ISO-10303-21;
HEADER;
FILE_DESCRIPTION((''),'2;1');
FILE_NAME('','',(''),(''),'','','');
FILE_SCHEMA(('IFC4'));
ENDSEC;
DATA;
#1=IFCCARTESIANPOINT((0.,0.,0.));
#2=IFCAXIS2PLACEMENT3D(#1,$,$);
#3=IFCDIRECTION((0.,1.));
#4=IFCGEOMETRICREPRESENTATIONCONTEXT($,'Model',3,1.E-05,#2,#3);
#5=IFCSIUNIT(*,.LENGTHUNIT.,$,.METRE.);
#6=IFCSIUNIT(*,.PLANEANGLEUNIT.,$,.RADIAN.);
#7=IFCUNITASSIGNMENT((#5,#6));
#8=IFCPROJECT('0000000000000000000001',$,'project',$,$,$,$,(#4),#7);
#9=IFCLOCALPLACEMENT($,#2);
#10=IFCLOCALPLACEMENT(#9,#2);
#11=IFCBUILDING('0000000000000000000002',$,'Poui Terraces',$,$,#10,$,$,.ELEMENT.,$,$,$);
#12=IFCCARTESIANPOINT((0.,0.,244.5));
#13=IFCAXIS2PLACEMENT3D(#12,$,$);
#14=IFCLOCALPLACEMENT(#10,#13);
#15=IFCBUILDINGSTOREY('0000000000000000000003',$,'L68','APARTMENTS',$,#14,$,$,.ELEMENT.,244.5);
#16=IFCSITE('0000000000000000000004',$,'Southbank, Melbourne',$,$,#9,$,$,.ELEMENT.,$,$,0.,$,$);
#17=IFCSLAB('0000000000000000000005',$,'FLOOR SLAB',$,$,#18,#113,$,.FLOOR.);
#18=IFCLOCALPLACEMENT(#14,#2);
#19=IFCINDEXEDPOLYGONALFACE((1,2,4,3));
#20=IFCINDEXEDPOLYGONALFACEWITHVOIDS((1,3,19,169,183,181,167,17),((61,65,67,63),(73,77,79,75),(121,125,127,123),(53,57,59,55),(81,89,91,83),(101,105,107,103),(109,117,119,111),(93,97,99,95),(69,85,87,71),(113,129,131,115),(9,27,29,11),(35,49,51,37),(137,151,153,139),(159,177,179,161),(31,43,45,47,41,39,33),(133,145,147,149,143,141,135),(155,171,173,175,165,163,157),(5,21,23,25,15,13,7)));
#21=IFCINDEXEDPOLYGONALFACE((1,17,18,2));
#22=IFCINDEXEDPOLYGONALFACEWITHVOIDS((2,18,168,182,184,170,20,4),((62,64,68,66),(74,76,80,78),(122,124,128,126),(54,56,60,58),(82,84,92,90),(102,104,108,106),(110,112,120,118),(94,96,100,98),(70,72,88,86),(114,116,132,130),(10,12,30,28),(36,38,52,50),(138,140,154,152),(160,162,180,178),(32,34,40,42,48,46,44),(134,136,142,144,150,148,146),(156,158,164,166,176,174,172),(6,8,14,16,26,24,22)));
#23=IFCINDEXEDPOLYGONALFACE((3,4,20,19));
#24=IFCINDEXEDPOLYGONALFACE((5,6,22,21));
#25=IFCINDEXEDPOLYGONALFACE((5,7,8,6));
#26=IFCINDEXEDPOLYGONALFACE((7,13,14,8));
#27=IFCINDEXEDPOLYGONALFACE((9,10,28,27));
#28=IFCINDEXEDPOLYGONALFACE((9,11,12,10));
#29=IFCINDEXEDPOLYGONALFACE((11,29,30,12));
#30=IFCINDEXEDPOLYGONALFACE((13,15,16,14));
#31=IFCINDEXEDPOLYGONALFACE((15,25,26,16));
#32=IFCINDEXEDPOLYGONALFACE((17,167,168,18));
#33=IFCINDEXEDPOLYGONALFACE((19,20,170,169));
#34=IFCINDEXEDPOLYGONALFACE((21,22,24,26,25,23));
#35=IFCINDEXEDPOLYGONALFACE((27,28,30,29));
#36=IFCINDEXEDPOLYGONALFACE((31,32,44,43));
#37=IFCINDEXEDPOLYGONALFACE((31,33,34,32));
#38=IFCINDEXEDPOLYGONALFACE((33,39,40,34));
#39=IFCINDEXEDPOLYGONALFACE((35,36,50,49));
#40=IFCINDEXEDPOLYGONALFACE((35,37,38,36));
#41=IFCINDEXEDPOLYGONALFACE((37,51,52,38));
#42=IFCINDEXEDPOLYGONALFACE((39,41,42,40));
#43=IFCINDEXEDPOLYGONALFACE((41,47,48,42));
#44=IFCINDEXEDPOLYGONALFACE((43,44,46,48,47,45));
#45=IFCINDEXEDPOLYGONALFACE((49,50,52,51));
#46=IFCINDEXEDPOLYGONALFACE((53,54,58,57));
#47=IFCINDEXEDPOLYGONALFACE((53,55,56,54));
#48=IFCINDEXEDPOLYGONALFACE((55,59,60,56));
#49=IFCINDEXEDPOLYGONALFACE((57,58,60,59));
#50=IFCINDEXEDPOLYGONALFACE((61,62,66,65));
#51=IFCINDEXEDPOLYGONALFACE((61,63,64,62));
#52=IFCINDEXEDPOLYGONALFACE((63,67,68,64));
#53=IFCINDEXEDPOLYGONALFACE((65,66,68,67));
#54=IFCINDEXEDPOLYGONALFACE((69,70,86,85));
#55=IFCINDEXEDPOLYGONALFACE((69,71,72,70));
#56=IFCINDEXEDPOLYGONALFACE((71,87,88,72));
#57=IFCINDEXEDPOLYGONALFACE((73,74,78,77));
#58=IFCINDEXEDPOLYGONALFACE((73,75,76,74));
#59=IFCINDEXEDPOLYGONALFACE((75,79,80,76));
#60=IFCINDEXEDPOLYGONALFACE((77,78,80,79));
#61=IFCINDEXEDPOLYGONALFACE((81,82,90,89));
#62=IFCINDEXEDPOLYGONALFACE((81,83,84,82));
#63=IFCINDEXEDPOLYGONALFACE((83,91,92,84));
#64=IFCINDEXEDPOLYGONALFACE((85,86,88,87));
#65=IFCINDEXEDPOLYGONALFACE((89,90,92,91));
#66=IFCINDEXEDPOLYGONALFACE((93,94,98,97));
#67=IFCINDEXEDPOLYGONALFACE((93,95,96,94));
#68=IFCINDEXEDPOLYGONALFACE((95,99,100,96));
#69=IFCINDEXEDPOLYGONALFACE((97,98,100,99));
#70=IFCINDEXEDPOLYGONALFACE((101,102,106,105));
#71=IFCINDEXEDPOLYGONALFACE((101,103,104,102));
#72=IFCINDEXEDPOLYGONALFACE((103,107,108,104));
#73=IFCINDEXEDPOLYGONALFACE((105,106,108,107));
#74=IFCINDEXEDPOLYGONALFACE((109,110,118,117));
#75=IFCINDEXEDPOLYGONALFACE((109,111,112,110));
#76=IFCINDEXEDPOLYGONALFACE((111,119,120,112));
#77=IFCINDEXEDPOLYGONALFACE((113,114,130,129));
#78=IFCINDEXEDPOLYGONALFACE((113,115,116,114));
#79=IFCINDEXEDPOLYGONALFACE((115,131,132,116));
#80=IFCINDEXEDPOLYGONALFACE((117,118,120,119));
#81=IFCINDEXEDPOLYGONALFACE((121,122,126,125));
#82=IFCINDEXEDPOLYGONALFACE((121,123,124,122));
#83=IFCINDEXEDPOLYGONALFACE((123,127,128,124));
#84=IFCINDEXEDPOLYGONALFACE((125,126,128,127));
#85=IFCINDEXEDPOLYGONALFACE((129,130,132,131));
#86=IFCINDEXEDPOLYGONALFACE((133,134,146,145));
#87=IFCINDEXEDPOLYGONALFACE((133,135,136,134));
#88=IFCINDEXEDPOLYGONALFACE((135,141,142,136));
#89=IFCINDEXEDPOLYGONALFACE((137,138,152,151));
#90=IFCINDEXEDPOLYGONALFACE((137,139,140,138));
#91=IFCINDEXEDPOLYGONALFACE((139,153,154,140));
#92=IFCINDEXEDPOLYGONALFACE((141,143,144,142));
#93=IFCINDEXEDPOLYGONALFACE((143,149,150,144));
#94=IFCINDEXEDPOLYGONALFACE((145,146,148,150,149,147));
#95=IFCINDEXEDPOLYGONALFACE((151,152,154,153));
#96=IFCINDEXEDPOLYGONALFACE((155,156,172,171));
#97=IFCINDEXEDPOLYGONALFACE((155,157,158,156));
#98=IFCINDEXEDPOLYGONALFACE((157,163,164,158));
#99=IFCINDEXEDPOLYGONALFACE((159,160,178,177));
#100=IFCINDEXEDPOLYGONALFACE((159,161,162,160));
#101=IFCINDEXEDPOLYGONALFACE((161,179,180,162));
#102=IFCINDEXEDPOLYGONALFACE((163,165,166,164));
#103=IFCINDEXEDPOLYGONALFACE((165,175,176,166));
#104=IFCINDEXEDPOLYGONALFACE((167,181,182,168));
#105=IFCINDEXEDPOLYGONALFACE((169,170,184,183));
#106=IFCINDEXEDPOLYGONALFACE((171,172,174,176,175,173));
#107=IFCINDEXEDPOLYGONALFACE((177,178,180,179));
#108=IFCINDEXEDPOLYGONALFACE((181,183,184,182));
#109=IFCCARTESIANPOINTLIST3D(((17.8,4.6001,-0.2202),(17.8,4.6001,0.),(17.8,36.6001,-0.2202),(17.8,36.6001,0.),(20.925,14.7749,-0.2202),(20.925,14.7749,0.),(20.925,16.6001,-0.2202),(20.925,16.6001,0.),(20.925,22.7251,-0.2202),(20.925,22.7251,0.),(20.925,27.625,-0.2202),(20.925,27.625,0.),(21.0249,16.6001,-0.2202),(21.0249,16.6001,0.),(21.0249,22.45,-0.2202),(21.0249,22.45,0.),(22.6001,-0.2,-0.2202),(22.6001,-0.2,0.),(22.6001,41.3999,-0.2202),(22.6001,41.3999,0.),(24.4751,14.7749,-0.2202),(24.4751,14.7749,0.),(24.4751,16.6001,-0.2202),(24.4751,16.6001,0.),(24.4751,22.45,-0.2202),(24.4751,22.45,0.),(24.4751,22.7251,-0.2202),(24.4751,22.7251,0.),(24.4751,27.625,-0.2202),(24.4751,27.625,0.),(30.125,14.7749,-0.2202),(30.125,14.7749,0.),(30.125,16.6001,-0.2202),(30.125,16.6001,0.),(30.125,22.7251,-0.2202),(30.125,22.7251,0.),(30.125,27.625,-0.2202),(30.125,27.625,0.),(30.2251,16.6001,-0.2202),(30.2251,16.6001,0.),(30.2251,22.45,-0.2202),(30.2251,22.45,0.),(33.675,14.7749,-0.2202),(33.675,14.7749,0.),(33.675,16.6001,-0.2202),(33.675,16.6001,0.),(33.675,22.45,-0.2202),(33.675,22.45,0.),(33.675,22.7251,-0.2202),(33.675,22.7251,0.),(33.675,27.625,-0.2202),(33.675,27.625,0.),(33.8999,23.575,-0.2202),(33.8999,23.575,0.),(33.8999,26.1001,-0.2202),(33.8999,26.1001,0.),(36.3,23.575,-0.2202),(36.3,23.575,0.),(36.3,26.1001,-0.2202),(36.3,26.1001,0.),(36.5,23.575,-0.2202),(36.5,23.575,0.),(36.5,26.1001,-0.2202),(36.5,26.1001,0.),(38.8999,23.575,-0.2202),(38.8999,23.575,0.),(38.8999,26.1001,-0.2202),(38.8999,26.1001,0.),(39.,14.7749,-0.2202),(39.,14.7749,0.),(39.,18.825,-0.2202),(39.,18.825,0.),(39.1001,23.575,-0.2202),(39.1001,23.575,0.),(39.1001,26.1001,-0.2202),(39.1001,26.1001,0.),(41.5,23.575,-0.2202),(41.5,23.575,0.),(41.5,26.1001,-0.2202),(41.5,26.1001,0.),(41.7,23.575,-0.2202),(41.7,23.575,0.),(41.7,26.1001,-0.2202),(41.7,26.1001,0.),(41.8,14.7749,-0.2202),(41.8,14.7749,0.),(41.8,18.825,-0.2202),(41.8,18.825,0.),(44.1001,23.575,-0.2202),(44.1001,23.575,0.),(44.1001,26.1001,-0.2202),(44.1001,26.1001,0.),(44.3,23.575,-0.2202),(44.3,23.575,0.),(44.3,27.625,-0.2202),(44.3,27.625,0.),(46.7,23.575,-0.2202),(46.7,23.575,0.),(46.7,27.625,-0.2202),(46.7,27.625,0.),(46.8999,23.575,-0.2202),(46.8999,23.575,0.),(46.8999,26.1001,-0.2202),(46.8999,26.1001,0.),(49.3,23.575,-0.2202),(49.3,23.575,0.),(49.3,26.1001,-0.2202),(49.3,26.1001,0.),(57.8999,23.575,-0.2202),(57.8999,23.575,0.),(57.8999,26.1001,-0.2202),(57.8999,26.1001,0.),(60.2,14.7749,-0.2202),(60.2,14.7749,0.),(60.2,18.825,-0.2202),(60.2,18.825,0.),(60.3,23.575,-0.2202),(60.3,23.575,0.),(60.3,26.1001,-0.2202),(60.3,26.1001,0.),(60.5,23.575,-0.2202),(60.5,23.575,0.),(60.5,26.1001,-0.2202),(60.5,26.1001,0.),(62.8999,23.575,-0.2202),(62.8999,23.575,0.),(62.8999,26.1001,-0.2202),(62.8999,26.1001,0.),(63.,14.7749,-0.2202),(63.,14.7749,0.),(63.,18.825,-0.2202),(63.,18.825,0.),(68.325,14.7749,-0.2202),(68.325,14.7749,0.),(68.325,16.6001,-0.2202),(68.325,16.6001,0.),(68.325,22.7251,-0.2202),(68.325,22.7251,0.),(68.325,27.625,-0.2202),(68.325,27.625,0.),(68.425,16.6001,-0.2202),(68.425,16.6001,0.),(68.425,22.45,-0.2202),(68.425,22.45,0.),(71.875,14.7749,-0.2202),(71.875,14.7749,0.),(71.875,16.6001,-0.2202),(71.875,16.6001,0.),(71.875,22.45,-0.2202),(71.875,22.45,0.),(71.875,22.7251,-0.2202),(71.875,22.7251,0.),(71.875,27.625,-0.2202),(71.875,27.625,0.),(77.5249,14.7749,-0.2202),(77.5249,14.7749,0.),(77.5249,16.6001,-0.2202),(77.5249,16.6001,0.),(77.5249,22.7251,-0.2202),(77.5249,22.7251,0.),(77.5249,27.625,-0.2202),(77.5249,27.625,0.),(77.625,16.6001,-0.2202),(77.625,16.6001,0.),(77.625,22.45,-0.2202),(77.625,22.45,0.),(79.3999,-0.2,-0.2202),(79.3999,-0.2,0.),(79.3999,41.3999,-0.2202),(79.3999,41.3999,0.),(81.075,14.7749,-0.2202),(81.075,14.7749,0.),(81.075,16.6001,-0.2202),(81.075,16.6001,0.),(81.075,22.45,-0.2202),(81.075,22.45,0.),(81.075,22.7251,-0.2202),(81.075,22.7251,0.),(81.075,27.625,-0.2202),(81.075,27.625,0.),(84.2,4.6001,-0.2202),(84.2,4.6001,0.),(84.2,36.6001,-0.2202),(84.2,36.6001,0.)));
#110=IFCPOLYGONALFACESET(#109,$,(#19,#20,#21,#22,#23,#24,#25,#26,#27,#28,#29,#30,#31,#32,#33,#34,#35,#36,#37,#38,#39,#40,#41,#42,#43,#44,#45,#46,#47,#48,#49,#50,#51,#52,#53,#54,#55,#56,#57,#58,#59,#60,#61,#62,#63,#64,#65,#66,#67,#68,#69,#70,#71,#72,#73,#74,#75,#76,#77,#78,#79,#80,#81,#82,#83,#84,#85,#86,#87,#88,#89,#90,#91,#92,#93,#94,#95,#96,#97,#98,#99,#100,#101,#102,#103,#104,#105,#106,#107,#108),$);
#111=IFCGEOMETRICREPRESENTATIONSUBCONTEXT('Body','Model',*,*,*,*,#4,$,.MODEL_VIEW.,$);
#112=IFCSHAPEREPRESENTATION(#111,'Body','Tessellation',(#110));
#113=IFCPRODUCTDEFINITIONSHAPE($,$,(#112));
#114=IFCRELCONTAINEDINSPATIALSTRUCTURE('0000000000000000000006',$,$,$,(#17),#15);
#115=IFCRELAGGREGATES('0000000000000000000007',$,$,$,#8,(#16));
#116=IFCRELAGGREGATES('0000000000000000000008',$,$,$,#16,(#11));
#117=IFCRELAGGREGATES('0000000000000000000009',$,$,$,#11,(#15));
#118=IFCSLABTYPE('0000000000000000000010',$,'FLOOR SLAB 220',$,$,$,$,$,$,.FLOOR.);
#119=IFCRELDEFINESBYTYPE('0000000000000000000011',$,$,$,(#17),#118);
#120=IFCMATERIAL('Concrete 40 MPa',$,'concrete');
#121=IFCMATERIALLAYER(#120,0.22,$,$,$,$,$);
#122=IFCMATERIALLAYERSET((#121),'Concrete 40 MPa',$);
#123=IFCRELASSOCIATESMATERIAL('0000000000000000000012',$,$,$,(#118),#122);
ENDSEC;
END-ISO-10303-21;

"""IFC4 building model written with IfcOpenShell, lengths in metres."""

from ifc_helpers import new_model, si_unit, direction, frame, origin, place, context, subcontext, project, spatial, polyline, outline, extrude, source, transform, mapped, material, layer, layer_set, type_object, element, save


model = new_model("IFC4")

# Units and contexts
model_context = context("Model", 3, precision=1e-05, world=origin(), true_north=direction((0.0, 1.0)))
body_context = subcontext(model_context, "Body", "Model", "MODEL_VIEW")
ifc_project = project(units=[si_unit("LENGTHUNIT", "METRE"), si_unit("PLANEANGLEUNIT", "RADIAN")], contexts=[model_context])

# Site, building, storey
site_placement = place(None, origin())
site = spatial("IfcSite", under=ifc_project, at=site_placement, Name="Southbank, Melbourne", CompositionType="ELEMENT", RefElevation=0.0)
building_placement = place(site_placement, origin())
building = spatial("IfcBuilding", under=site, at=building_placement, Name="Poui Terraces", CompositionType="ELEMENT")
storey_placement = place(building_placement, frame((0.0, 0.0, 244.5)))
storey = spatial("IfcBuildingStorey", under=building, at=storey_placement, Name="L68", Description="APARTMENTS", CompositionType="ELEMENT", Elevation=244.5)

# Slab
ifc_material = material(Name="Concrete 40 MPa", Category="concrete")
ifc_layer = layer(ifc_material, 0.22)
ifc_layer_set = layer_set([ifc_layer], Name="Concrete 40 MPa")
slab_type = type_object("IfcSlabType", Name="FLOOR SLAB 220", PredefinedType="FLOOR", material=ifc_layer_set)
shared_shape = source(origin(), body_context, "Body", "SweptSolid", [
    extrude(outline(polyline([(0.0, 0.0), (4.8, -4.8), (61.5999, -4.8), (66.3999, 0.0), (66.3999, 32.0), (61.5999, 36.7998), (4.8, 36.7998), (0.0, 32.0), (0.0, 0.0)]), holes=[polyline([(21.2, 10.1748), (21.2, 14.2249), (24.0, 14.2249), (24.0, 10.1748), (21.2, 10.1748)]), polyline([(3.2249, 17.8499), (6.675, 17.8499), (6.675, 12.0), (6.675, 10.1748), (3.125, 10.1748), (3.125, 12.0), (3.2249, 12.0), (3.2249, 17.8499)]), polyline([(12.425, 17.8499), (15.875, 17.8499), (15.875, 12.0), (15.875, 10.1748), (12.325, 10.1748), (12.325, 12.0), (12.425, 12.0), (12.425, 17.8499)]), polyline([(16.0999, 18.9749), (16.0999, 21.5), (18.5, 21.5), (18.5, 18.9749), (16.0999, 18.9749)]), polyline([(18.7, 18.9749), (18.7, 21.5), (21.0999, 21.5), (21.0999, 18.9749), (18.7, 18.9749)]), polyline([(21.3, 18.9749), (21.3, 21.5), (23.7, 21.5), (23.7, 18.9749), (21.3, 18.9749)]), polyline([(23.8999, 18.9749), (23.8999, 21.5), (26.3, 21.5), (26.3, 18.9749), (23.8999, 18.9749)]), polyline([(3.125, 23.0249), (6.675, 23.0249), (6.675, 18.125), (3.125, 18.125), (3.125, 23.0249)]), polyline([(12.325, 23.0249), (15.875, 23.0249), (15.875, 18.125), (12.325, 18.125), (12.325, 23.0249)]), polyline([(42.3999, 10.1748), (42.3999, 14.2249), (45.2, 14.2249), (45.2, 10.1748), (42.3999, 10.1748)]), polyline([(50.625, 17.8499), (54.075, 17.8499), (54.075, 12.0), (54.075, 10.1748), (50.5249, 10.1748), (50.5249, 12.0), (50.625, 12.0), (50.625, 17.8499)]), polyline([(59.825, 17.8499), (63.2749, 17.8499), (63.2749, 12.0), (63.2749, 10.1748), (59.7249, 10.1748), (59.7249, 12.0), (59.825, 12.0), (59.825, 17.8499)]), polyline([(29.0999, 18.9749), (29.0999, 21.5), (31.5, 21.5), (31.5, 18.9749), (29.0999, 18.9749)]), polyline([(40.0999, 18.9749), (40.0999, 21.5), (42.5, 21.5), (42.5, 18.9749), (40.0999, 18.9749)]), polyline([(42.7, 18.9749), (42.7, 21.5), (45.0999, 21.5), (45.0999, 18.9749), (42.7, 18.9749)]), polyline([(50.5249, 18.125), (50.5249, 23.0249), (54.075, 23.0249), (54.075, 18.125), (50.5249, 18.125)]), polyline([(59.7249, 23.0249), (63.2749, 23.0249), (63.2749, 18.125), (59.7249, 18.125), (59.7249, 23.0249)]), polyline([(26.5, 23.0249), (28.8999, 23.0249), (28.8999, 18.9749), (26.5, 18.9749), (26.5, 23.0249)])]), origin(), (0.0, 0.0, 1.0), 0.2202),
])
slab_placement = place(storey_placement, frame((17.8, 4.6001, -0.2202)))
element("IfcSlab", 1, at=slab_placement, inside=storey, type_object=slab_type, Name="FLOOR SLAB", PredefinedType="FLOOR", context=body_context, shape_type="MappedRepresentation", body=[
    mapped(shared_shape, transform((0.0, 0.0, 0.0))),
])

save(model, "model.ifc")
